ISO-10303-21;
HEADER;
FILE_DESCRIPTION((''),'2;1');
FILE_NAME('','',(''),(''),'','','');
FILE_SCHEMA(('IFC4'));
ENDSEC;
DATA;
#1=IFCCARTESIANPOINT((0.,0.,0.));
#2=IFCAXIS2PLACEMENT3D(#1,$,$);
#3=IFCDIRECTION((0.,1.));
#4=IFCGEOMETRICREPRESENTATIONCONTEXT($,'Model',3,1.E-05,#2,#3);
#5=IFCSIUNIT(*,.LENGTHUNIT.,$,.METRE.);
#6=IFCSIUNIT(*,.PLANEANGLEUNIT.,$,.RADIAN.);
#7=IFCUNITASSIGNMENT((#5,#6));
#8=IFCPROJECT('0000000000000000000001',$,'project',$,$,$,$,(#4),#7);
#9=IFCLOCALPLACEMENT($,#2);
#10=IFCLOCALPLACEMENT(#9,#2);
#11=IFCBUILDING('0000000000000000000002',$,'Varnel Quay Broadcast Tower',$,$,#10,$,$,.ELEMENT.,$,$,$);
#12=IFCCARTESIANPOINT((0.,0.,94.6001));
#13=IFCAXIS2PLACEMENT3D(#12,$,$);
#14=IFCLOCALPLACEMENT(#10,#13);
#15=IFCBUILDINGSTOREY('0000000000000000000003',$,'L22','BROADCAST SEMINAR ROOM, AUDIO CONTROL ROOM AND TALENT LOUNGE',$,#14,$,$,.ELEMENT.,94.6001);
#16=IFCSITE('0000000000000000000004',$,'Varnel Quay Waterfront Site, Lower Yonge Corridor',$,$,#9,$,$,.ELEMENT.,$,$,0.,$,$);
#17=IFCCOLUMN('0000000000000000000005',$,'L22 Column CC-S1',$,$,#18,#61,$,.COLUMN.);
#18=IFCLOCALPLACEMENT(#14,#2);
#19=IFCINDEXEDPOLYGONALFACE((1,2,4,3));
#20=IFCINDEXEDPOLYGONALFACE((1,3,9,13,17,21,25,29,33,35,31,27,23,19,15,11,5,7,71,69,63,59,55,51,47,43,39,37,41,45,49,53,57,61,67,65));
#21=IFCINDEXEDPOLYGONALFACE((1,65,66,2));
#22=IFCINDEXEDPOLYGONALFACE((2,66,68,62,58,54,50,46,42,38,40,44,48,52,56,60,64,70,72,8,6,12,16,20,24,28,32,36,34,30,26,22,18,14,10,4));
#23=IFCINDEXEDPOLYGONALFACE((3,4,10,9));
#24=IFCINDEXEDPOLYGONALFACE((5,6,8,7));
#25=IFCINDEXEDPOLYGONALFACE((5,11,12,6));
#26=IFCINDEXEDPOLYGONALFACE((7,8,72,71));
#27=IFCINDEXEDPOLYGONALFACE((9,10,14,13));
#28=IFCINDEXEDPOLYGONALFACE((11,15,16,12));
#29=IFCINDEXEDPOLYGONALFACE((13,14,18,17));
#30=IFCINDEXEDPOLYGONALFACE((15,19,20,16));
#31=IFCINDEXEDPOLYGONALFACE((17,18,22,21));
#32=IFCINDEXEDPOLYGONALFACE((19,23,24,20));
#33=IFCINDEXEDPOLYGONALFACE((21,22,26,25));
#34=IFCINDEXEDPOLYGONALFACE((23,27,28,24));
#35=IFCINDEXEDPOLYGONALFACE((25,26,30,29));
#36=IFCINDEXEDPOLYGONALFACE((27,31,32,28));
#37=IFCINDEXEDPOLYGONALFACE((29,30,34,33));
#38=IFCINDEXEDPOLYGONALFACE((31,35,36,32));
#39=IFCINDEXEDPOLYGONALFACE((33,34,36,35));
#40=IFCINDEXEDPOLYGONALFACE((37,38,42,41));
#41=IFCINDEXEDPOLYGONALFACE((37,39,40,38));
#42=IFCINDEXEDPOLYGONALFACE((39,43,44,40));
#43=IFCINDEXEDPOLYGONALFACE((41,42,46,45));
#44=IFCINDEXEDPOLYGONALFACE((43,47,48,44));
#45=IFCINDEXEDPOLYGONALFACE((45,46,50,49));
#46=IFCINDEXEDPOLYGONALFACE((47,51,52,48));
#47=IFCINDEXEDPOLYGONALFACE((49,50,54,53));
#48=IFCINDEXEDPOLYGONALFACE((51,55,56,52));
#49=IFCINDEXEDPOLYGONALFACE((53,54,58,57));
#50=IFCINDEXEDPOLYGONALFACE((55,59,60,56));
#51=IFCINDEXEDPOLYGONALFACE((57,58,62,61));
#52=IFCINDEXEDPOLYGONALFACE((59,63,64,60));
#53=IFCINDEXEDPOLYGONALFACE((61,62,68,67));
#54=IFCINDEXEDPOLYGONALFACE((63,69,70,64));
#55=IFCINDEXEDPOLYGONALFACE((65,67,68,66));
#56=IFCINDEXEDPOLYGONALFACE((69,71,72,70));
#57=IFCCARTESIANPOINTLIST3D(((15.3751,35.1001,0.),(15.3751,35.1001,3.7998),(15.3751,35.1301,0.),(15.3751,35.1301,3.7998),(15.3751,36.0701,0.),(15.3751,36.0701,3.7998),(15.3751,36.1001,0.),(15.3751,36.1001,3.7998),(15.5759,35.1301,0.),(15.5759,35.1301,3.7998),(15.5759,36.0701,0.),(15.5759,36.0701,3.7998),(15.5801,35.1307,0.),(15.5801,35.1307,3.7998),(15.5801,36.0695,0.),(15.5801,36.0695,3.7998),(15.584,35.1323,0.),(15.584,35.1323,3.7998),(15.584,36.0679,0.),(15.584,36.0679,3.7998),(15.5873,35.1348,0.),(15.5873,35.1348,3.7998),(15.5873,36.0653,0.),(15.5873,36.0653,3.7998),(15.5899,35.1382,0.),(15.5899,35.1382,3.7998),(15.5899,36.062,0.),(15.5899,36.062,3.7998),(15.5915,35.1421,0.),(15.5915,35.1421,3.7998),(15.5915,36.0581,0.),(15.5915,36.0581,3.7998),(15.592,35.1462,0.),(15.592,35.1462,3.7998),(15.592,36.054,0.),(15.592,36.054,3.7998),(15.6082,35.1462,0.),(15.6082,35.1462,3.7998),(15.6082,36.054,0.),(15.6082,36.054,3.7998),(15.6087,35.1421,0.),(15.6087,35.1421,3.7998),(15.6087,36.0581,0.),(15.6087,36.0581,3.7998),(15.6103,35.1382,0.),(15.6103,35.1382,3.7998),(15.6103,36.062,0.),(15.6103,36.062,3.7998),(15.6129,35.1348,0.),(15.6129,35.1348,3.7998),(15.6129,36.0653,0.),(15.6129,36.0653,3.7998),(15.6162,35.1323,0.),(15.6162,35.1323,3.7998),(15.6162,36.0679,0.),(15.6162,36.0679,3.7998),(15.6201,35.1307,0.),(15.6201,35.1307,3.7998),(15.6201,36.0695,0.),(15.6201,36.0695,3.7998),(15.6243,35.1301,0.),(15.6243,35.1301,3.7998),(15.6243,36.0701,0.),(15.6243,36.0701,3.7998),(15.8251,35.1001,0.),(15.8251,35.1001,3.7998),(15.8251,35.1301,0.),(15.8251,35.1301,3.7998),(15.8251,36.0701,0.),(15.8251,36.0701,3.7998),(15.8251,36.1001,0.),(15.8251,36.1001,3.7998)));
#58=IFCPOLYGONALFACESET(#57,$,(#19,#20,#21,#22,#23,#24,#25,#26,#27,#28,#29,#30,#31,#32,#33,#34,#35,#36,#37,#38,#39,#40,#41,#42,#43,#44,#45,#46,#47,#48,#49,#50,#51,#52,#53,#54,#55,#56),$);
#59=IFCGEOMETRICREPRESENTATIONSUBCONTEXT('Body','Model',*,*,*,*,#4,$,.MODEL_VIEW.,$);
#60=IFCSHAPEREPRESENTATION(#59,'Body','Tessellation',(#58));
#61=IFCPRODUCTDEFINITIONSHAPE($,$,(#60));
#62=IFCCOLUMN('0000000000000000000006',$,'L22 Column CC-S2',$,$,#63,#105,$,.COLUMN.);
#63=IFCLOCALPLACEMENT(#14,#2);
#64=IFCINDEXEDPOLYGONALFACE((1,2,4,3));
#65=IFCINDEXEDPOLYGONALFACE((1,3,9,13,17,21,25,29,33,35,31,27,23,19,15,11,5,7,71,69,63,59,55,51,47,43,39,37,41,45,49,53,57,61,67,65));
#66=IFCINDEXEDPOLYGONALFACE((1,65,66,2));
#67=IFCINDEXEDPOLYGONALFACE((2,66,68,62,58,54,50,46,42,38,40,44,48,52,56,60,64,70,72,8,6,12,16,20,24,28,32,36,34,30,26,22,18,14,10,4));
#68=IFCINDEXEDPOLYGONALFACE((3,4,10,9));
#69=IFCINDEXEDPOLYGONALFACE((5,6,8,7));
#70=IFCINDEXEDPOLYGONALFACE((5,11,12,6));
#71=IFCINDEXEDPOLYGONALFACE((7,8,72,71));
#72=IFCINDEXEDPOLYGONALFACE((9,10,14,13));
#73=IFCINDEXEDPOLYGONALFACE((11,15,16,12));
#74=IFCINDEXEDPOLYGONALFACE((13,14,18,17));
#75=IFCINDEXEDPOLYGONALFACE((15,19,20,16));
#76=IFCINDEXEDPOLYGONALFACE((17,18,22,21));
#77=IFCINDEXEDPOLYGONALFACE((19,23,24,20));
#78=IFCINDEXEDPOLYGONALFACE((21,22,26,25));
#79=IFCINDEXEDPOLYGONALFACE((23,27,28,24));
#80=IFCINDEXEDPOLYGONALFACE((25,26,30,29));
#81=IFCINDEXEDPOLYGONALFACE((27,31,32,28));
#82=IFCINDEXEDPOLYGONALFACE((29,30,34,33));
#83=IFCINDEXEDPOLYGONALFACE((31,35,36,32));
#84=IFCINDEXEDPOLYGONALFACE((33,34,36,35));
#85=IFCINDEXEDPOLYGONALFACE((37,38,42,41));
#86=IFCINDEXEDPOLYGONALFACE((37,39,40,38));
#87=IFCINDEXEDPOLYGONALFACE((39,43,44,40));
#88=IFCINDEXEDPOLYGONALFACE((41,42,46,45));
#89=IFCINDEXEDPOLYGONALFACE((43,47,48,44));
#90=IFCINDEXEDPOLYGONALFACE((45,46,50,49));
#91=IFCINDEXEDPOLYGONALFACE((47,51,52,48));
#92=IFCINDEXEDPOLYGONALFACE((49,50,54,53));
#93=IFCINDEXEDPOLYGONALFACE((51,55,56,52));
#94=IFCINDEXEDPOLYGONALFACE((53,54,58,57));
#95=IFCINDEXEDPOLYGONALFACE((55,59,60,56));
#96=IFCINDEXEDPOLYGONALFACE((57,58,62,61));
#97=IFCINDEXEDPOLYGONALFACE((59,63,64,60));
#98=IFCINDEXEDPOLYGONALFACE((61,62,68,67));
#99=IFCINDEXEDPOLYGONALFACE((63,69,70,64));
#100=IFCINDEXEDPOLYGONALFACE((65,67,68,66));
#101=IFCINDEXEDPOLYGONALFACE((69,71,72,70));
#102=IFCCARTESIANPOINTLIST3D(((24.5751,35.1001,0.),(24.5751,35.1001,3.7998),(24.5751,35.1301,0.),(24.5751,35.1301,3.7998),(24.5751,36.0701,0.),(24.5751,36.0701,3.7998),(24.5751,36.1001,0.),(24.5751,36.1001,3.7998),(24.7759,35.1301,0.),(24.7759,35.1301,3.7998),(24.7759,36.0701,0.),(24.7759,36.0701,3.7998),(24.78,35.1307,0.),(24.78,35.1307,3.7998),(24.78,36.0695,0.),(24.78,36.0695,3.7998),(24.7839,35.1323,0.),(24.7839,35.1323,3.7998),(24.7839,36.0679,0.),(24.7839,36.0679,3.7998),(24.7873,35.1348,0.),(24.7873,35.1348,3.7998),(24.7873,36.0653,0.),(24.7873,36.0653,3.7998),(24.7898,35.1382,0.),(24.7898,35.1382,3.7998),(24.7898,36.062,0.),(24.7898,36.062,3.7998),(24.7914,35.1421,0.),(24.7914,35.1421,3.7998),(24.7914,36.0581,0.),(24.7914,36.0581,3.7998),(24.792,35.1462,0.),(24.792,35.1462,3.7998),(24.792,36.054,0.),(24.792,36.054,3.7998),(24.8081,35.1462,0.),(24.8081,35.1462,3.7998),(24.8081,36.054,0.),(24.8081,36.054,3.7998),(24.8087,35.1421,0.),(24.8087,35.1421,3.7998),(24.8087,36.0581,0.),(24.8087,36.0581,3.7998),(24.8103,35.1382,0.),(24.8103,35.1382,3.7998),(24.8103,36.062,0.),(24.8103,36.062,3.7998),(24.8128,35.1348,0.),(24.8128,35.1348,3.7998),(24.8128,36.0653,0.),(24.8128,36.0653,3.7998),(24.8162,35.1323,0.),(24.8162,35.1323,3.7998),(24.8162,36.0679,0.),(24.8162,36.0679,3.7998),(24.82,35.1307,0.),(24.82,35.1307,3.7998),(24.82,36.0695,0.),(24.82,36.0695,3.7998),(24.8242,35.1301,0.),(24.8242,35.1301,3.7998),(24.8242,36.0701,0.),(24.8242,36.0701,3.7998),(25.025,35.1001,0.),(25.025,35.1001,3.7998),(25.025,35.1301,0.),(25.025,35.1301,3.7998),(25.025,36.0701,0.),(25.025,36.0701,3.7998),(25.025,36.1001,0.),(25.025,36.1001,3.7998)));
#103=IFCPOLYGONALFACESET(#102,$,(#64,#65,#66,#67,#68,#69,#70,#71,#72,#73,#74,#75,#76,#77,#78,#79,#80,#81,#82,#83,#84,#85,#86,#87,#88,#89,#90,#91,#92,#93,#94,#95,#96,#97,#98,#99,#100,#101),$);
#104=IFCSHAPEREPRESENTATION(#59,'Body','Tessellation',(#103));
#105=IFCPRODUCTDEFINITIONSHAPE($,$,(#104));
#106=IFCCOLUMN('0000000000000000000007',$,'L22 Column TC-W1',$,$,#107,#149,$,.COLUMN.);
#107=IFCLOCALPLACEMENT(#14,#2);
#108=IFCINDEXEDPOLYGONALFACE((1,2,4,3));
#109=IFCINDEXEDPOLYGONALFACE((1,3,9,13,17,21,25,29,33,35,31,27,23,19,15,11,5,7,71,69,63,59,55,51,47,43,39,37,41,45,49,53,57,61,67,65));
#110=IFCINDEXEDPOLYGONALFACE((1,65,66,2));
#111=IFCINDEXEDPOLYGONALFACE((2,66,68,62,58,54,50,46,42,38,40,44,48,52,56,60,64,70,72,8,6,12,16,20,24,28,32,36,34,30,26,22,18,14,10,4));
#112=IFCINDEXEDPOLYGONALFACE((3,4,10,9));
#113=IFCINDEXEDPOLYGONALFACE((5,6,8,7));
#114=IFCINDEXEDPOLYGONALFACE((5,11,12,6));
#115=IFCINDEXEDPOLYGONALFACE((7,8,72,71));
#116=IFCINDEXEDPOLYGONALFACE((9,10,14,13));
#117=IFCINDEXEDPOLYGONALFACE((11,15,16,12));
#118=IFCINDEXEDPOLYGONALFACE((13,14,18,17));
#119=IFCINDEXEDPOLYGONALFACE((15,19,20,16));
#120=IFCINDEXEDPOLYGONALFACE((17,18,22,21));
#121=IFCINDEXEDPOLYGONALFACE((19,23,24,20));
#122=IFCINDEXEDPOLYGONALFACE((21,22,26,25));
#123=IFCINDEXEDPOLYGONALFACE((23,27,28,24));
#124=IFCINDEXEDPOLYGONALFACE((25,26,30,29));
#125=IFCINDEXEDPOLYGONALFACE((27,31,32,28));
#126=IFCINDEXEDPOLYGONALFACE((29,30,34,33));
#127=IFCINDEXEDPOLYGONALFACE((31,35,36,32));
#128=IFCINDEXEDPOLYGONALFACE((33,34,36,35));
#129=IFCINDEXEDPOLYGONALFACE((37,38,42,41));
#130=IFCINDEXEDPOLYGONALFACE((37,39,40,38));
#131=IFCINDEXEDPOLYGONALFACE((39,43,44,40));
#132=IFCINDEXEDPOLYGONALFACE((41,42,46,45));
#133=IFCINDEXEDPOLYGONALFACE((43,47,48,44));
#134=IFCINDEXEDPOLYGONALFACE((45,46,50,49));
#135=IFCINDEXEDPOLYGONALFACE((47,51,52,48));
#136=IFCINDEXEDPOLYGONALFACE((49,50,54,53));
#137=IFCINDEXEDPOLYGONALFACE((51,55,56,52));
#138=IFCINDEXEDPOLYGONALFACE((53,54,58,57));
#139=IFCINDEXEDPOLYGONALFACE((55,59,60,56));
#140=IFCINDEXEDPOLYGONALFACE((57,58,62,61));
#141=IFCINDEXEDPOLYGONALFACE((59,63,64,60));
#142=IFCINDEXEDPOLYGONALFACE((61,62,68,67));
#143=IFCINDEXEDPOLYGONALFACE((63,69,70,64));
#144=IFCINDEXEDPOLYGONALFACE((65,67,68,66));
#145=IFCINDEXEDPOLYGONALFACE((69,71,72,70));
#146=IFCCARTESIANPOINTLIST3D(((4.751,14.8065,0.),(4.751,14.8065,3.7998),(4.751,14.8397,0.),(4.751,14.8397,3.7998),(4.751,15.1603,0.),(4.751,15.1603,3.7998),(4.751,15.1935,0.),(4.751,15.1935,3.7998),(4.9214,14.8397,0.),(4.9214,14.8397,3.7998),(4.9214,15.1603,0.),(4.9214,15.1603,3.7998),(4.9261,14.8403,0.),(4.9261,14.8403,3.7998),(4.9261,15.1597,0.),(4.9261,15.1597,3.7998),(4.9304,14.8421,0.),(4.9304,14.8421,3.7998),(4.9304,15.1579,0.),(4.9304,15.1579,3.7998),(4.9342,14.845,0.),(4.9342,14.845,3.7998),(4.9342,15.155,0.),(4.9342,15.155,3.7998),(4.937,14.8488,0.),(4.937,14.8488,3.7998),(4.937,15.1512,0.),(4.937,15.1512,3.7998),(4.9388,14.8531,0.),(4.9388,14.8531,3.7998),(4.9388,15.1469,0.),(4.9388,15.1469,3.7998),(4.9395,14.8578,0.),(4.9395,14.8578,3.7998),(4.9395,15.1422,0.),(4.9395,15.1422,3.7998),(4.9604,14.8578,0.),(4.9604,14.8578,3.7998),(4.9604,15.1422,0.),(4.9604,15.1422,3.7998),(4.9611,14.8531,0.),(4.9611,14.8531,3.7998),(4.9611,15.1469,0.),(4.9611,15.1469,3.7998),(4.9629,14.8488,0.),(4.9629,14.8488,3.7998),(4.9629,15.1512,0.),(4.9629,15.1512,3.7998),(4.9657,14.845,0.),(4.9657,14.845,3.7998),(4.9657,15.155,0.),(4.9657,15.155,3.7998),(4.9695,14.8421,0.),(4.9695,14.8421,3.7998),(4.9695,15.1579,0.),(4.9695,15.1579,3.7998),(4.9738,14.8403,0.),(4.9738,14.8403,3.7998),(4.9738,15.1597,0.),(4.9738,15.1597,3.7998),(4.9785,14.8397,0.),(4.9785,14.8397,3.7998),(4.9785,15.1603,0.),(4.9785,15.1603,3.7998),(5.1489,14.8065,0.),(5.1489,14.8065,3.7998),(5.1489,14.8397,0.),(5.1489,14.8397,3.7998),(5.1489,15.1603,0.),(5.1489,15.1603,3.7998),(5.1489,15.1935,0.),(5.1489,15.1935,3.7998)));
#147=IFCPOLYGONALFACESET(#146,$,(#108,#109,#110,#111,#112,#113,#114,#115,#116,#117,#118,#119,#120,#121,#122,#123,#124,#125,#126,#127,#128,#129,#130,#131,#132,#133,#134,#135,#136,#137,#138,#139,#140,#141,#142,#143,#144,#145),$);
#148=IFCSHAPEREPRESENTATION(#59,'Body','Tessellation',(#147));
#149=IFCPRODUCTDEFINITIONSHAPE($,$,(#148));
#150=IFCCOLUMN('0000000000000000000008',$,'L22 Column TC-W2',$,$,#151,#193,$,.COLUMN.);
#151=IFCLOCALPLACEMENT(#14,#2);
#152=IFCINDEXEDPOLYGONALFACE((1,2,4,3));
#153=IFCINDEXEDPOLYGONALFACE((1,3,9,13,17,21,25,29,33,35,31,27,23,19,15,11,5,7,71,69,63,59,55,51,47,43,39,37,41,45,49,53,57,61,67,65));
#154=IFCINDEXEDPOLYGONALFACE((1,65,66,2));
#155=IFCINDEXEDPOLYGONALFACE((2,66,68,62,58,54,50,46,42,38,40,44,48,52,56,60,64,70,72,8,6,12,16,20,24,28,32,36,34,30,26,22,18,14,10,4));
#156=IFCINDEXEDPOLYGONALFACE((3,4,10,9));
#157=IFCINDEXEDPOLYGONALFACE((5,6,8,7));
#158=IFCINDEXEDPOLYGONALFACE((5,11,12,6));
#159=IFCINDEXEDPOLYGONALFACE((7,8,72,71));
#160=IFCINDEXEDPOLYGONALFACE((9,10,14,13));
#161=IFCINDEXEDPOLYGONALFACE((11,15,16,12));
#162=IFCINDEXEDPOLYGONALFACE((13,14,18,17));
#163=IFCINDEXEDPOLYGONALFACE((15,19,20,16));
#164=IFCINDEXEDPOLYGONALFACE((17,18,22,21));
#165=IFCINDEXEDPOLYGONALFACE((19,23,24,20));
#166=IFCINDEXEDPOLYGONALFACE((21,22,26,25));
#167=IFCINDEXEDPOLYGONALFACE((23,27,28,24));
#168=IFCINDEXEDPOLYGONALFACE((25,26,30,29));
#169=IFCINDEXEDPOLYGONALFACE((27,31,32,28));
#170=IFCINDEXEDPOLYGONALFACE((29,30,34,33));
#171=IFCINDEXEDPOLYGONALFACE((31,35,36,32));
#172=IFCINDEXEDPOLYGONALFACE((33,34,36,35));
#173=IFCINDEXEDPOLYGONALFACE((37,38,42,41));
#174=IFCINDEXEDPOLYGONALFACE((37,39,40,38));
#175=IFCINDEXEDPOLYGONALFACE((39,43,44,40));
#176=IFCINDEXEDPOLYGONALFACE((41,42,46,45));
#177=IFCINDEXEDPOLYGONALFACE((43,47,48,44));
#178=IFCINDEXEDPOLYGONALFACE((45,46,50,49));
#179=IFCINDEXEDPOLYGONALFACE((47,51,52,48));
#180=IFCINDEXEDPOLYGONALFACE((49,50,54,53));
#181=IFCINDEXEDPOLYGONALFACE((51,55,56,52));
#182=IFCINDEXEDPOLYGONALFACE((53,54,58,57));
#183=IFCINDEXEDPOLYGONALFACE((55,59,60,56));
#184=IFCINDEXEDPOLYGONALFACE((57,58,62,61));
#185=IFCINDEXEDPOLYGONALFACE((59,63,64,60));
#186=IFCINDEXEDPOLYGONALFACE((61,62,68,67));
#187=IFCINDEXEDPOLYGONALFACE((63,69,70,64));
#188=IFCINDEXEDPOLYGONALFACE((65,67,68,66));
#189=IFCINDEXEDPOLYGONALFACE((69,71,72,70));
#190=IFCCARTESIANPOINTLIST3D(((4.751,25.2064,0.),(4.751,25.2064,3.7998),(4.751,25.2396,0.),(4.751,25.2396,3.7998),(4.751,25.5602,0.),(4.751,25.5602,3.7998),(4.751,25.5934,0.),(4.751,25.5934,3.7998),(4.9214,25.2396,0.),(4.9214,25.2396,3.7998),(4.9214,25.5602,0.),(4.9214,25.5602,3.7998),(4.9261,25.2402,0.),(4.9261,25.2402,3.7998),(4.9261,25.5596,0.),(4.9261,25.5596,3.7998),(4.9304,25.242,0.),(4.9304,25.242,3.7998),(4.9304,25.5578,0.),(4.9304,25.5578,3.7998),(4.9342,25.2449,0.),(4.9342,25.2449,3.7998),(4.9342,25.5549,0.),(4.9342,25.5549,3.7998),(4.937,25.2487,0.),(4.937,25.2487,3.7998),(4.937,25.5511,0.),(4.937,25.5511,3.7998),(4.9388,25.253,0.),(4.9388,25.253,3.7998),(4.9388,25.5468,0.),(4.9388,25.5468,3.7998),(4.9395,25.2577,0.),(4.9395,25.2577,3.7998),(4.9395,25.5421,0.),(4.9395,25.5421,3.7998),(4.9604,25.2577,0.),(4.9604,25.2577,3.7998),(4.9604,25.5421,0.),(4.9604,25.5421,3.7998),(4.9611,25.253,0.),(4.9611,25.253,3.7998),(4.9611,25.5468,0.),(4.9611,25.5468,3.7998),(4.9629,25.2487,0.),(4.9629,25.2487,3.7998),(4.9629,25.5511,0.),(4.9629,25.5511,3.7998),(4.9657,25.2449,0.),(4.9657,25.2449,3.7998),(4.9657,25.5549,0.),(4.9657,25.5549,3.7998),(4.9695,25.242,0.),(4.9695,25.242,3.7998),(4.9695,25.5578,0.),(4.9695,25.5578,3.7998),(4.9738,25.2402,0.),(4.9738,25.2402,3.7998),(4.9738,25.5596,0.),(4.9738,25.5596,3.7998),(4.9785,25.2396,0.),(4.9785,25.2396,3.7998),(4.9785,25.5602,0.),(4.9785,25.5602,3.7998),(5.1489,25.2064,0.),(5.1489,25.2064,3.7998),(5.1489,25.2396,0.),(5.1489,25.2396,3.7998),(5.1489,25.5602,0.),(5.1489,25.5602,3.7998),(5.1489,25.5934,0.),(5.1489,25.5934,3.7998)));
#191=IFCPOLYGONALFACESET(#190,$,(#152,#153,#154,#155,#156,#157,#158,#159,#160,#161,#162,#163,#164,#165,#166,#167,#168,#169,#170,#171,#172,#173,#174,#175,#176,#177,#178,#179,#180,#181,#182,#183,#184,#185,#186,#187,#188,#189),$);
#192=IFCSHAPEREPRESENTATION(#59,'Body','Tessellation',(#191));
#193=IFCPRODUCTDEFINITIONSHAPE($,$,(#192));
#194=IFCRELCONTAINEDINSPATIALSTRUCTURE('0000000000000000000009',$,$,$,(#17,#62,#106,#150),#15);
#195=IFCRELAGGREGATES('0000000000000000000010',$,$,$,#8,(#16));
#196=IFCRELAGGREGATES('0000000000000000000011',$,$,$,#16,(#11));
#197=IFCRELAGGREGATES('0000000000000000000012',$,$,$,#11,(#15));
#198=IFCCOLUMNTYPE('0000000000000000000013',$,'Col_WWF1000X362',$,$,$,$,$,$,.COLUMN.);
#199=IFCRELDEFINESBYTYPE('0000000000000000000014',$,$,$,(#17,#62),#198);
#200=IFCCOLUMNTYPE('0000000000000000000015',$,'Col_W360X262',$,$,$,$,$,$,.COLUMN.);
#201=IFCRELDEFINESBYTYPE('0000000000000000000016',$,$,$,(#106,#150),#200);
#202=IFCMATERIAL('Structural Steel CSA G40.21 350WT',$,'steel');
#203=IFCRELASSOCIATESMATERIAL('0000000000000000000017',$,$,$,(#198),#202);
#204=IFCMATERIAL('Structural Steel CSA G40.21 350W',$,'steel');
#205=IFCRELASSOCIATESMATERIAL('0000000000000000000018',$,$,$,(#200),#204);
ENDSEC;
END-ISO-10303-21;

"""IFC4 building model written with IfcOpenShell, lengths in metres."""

from ifc_helpers import new_model, si_unit, direction, frame, origin, origin_2d, place, context, subcontext, project, spatial, i_section, extrude, source, transform, mapped, material, material_profile, profile_set, type_object, type_shapes, element, save


model = new_model("IFC4")

# Units and contexts
model_context = context("Model", 3, precision=1e-05, world=origin(), true_north=direction((0.0, 1.0)))
body_context = subcontext(model_context, "Body", "Model", "MODEL_VIEW")
ifc_project = project(units=[si_unit("LENGTHUNIT", "METRE"), si_unit("PLANEANGLEUNIT", "RADIAN")], contexts=[model_context])

# Site, building, storey
site_placement = place(None, origin())
site = spatial("IfcSite", under=ifc_project, at=site_placement, Name="Varnel Quay Waterfront Site, Lower Yonge Corridor", CompositionType="ELEMENT", RefElevation=0.0)
building_placement = place(site_placement, origin())
building = spatial("IfcBuilding", under=site, at=building_placement, Name="Varnel Quay Broadcast Tower", CompositionType="ELEMENT")
storey_placement = place(building_placement, frame((0.0, 0.0, 94.6001)))
storey = spatial("IfcBuildingStorey", under=building, at=storey_placement, Name="L22", Description="BROADCAST SEMINAR ROOM, AUDIO CONTROL ROOM AND TALENT LOUNGE", CompositionType="ELEMENT", Elevation=94.6001)

# Columns
ifc_material_1 = material(Name="Structural Steel CSA G40.21 350WT", Category="steel")
ifc_material_profile_1 = material_profile(ifc_material_1, i_section(OverallWidth=0.45, OverallDepth=1.0, WebThickness=0.0161, FlangeThickness=0.03, FilletRadius=0.0161, at=origin_2d()), Name="WWF1000X362")
ifc_profile_set_1 = profile_set([ifc_material_profile_1], Name="Structural Steel CSA G40.21 350WT")
column_type_1 = type_object("IfcColumnType", Name="Col_WWF1000X362", PredefinedType="COLUMN", material=ifc_profile_set_1)
shared_shape_1 = source(origin(), body_context, "Body", "SweptSolid", [
    extrude(i_section(OverallWidth=0.45, OverallDepth=1.0, WebThickness=0.0161, FlangeThickness=0.03, FilletRadius=0.0161, at=origin_2d()), origin(), (0.0, 0.0, 1.0), 3.7998),
])
type_shapes(column_type_1, [shared_shape_1])
for number, where, z_axis, x_axis, name in (
    (1, (15.6001, 35.6001, 0.0), (0.0, 0.0, 1.0), (1.0, 0.0, 0.0), "L22 Column CC-S1"),
    (2, (24.8, 35.6001, 0.0), (0.0, 0.0, 1.0), (1.0, 0.0, 0.0), "L22 Column CC-S2"),
):
    element("IfcColumn", number, at=place(storey_placement, frame(where, z_axis=z_axis, x_axis=x_axis)), inside=storey, type_object=column_type_1, Name=name, PredefinedType="COLUMN", context=body_context, shape_type="MappedRepresentation", body=[
        mapped(shared_shape_1, transform((0.0, 0.0, 0.0), x_axis=(1.0, 0.0, 0.0), y_axis=(0.0, 1.0, 0.0), z_axis=(0.0, 0.0, 1.0), scale=1.0)),
    ])
ifc_material_2 = material(Name="Structural Steel CSA G40.21 350W", Category="steel")
ifc_material_profile_2 = material_profile(ifc_material_2, i_section(OverallWidth=0.3979, OverallDepth=0.387, WebThickness=0.021, FlangeThickness=0.0332, FilletRadius=0.0181, at=origin_2d()), Name="W360X262")
ifc_profile_set_2 = profile_set([ifc_material_profile_2], Name="Structural Steel CSA G40.21 350W")
column_type_2 = type_object("IfcColumnType", Name="Col_W360X262", PredefinedType="COLUMN", material=ifc_profile_set_2)
shared_shape_2 = source(origin(), body_context, "Body", "SweptSolid", [
    extrude(i_section(OverallWidth=0.3979, OverallDepth=0.387, WebThickness=0.021, FlangeThickness=0.0332, FilletRadius=0.0181, at=origin_2d()), origin(), (0.0, 0.0, 1.0), 3.7998),
])
type_shapes(column_type_2, [shared_shape_2])
for number, where, z_axis, x_axis, name in (
    (3, (4.95, 15.0, 0.0), (0.0, 0.0, 1.0), (1.0, 0.0, 0.0), "L22 Column TC-W1"),
    (4, (4.95, 25.3999, 0.0), (0.0, 0.0, 1.0), (1.0, 0.0, 0.0), "L22 Column TC-W2"),
):
    element("IfcColumn", number, at=place(storey_placement, frame(where, z_axis=z_axis, x_axis=x_axis)), inside=storey, type_object=column_type_2, Name=name, PredefinedType="COLUMN", context=body_context, shape_type="MappedRepresentation", body=[
        mapped(shared_shape_2, transform((0.0, 0.0, 0.0), x_axis=(1.0, 0.0, 0.0), y_axis=(0.0, 1.0, 0.0), z_axis=(0.0, 0.0, 1.0), scale=1.0)),
    ])

save(model, "model.ifc")
